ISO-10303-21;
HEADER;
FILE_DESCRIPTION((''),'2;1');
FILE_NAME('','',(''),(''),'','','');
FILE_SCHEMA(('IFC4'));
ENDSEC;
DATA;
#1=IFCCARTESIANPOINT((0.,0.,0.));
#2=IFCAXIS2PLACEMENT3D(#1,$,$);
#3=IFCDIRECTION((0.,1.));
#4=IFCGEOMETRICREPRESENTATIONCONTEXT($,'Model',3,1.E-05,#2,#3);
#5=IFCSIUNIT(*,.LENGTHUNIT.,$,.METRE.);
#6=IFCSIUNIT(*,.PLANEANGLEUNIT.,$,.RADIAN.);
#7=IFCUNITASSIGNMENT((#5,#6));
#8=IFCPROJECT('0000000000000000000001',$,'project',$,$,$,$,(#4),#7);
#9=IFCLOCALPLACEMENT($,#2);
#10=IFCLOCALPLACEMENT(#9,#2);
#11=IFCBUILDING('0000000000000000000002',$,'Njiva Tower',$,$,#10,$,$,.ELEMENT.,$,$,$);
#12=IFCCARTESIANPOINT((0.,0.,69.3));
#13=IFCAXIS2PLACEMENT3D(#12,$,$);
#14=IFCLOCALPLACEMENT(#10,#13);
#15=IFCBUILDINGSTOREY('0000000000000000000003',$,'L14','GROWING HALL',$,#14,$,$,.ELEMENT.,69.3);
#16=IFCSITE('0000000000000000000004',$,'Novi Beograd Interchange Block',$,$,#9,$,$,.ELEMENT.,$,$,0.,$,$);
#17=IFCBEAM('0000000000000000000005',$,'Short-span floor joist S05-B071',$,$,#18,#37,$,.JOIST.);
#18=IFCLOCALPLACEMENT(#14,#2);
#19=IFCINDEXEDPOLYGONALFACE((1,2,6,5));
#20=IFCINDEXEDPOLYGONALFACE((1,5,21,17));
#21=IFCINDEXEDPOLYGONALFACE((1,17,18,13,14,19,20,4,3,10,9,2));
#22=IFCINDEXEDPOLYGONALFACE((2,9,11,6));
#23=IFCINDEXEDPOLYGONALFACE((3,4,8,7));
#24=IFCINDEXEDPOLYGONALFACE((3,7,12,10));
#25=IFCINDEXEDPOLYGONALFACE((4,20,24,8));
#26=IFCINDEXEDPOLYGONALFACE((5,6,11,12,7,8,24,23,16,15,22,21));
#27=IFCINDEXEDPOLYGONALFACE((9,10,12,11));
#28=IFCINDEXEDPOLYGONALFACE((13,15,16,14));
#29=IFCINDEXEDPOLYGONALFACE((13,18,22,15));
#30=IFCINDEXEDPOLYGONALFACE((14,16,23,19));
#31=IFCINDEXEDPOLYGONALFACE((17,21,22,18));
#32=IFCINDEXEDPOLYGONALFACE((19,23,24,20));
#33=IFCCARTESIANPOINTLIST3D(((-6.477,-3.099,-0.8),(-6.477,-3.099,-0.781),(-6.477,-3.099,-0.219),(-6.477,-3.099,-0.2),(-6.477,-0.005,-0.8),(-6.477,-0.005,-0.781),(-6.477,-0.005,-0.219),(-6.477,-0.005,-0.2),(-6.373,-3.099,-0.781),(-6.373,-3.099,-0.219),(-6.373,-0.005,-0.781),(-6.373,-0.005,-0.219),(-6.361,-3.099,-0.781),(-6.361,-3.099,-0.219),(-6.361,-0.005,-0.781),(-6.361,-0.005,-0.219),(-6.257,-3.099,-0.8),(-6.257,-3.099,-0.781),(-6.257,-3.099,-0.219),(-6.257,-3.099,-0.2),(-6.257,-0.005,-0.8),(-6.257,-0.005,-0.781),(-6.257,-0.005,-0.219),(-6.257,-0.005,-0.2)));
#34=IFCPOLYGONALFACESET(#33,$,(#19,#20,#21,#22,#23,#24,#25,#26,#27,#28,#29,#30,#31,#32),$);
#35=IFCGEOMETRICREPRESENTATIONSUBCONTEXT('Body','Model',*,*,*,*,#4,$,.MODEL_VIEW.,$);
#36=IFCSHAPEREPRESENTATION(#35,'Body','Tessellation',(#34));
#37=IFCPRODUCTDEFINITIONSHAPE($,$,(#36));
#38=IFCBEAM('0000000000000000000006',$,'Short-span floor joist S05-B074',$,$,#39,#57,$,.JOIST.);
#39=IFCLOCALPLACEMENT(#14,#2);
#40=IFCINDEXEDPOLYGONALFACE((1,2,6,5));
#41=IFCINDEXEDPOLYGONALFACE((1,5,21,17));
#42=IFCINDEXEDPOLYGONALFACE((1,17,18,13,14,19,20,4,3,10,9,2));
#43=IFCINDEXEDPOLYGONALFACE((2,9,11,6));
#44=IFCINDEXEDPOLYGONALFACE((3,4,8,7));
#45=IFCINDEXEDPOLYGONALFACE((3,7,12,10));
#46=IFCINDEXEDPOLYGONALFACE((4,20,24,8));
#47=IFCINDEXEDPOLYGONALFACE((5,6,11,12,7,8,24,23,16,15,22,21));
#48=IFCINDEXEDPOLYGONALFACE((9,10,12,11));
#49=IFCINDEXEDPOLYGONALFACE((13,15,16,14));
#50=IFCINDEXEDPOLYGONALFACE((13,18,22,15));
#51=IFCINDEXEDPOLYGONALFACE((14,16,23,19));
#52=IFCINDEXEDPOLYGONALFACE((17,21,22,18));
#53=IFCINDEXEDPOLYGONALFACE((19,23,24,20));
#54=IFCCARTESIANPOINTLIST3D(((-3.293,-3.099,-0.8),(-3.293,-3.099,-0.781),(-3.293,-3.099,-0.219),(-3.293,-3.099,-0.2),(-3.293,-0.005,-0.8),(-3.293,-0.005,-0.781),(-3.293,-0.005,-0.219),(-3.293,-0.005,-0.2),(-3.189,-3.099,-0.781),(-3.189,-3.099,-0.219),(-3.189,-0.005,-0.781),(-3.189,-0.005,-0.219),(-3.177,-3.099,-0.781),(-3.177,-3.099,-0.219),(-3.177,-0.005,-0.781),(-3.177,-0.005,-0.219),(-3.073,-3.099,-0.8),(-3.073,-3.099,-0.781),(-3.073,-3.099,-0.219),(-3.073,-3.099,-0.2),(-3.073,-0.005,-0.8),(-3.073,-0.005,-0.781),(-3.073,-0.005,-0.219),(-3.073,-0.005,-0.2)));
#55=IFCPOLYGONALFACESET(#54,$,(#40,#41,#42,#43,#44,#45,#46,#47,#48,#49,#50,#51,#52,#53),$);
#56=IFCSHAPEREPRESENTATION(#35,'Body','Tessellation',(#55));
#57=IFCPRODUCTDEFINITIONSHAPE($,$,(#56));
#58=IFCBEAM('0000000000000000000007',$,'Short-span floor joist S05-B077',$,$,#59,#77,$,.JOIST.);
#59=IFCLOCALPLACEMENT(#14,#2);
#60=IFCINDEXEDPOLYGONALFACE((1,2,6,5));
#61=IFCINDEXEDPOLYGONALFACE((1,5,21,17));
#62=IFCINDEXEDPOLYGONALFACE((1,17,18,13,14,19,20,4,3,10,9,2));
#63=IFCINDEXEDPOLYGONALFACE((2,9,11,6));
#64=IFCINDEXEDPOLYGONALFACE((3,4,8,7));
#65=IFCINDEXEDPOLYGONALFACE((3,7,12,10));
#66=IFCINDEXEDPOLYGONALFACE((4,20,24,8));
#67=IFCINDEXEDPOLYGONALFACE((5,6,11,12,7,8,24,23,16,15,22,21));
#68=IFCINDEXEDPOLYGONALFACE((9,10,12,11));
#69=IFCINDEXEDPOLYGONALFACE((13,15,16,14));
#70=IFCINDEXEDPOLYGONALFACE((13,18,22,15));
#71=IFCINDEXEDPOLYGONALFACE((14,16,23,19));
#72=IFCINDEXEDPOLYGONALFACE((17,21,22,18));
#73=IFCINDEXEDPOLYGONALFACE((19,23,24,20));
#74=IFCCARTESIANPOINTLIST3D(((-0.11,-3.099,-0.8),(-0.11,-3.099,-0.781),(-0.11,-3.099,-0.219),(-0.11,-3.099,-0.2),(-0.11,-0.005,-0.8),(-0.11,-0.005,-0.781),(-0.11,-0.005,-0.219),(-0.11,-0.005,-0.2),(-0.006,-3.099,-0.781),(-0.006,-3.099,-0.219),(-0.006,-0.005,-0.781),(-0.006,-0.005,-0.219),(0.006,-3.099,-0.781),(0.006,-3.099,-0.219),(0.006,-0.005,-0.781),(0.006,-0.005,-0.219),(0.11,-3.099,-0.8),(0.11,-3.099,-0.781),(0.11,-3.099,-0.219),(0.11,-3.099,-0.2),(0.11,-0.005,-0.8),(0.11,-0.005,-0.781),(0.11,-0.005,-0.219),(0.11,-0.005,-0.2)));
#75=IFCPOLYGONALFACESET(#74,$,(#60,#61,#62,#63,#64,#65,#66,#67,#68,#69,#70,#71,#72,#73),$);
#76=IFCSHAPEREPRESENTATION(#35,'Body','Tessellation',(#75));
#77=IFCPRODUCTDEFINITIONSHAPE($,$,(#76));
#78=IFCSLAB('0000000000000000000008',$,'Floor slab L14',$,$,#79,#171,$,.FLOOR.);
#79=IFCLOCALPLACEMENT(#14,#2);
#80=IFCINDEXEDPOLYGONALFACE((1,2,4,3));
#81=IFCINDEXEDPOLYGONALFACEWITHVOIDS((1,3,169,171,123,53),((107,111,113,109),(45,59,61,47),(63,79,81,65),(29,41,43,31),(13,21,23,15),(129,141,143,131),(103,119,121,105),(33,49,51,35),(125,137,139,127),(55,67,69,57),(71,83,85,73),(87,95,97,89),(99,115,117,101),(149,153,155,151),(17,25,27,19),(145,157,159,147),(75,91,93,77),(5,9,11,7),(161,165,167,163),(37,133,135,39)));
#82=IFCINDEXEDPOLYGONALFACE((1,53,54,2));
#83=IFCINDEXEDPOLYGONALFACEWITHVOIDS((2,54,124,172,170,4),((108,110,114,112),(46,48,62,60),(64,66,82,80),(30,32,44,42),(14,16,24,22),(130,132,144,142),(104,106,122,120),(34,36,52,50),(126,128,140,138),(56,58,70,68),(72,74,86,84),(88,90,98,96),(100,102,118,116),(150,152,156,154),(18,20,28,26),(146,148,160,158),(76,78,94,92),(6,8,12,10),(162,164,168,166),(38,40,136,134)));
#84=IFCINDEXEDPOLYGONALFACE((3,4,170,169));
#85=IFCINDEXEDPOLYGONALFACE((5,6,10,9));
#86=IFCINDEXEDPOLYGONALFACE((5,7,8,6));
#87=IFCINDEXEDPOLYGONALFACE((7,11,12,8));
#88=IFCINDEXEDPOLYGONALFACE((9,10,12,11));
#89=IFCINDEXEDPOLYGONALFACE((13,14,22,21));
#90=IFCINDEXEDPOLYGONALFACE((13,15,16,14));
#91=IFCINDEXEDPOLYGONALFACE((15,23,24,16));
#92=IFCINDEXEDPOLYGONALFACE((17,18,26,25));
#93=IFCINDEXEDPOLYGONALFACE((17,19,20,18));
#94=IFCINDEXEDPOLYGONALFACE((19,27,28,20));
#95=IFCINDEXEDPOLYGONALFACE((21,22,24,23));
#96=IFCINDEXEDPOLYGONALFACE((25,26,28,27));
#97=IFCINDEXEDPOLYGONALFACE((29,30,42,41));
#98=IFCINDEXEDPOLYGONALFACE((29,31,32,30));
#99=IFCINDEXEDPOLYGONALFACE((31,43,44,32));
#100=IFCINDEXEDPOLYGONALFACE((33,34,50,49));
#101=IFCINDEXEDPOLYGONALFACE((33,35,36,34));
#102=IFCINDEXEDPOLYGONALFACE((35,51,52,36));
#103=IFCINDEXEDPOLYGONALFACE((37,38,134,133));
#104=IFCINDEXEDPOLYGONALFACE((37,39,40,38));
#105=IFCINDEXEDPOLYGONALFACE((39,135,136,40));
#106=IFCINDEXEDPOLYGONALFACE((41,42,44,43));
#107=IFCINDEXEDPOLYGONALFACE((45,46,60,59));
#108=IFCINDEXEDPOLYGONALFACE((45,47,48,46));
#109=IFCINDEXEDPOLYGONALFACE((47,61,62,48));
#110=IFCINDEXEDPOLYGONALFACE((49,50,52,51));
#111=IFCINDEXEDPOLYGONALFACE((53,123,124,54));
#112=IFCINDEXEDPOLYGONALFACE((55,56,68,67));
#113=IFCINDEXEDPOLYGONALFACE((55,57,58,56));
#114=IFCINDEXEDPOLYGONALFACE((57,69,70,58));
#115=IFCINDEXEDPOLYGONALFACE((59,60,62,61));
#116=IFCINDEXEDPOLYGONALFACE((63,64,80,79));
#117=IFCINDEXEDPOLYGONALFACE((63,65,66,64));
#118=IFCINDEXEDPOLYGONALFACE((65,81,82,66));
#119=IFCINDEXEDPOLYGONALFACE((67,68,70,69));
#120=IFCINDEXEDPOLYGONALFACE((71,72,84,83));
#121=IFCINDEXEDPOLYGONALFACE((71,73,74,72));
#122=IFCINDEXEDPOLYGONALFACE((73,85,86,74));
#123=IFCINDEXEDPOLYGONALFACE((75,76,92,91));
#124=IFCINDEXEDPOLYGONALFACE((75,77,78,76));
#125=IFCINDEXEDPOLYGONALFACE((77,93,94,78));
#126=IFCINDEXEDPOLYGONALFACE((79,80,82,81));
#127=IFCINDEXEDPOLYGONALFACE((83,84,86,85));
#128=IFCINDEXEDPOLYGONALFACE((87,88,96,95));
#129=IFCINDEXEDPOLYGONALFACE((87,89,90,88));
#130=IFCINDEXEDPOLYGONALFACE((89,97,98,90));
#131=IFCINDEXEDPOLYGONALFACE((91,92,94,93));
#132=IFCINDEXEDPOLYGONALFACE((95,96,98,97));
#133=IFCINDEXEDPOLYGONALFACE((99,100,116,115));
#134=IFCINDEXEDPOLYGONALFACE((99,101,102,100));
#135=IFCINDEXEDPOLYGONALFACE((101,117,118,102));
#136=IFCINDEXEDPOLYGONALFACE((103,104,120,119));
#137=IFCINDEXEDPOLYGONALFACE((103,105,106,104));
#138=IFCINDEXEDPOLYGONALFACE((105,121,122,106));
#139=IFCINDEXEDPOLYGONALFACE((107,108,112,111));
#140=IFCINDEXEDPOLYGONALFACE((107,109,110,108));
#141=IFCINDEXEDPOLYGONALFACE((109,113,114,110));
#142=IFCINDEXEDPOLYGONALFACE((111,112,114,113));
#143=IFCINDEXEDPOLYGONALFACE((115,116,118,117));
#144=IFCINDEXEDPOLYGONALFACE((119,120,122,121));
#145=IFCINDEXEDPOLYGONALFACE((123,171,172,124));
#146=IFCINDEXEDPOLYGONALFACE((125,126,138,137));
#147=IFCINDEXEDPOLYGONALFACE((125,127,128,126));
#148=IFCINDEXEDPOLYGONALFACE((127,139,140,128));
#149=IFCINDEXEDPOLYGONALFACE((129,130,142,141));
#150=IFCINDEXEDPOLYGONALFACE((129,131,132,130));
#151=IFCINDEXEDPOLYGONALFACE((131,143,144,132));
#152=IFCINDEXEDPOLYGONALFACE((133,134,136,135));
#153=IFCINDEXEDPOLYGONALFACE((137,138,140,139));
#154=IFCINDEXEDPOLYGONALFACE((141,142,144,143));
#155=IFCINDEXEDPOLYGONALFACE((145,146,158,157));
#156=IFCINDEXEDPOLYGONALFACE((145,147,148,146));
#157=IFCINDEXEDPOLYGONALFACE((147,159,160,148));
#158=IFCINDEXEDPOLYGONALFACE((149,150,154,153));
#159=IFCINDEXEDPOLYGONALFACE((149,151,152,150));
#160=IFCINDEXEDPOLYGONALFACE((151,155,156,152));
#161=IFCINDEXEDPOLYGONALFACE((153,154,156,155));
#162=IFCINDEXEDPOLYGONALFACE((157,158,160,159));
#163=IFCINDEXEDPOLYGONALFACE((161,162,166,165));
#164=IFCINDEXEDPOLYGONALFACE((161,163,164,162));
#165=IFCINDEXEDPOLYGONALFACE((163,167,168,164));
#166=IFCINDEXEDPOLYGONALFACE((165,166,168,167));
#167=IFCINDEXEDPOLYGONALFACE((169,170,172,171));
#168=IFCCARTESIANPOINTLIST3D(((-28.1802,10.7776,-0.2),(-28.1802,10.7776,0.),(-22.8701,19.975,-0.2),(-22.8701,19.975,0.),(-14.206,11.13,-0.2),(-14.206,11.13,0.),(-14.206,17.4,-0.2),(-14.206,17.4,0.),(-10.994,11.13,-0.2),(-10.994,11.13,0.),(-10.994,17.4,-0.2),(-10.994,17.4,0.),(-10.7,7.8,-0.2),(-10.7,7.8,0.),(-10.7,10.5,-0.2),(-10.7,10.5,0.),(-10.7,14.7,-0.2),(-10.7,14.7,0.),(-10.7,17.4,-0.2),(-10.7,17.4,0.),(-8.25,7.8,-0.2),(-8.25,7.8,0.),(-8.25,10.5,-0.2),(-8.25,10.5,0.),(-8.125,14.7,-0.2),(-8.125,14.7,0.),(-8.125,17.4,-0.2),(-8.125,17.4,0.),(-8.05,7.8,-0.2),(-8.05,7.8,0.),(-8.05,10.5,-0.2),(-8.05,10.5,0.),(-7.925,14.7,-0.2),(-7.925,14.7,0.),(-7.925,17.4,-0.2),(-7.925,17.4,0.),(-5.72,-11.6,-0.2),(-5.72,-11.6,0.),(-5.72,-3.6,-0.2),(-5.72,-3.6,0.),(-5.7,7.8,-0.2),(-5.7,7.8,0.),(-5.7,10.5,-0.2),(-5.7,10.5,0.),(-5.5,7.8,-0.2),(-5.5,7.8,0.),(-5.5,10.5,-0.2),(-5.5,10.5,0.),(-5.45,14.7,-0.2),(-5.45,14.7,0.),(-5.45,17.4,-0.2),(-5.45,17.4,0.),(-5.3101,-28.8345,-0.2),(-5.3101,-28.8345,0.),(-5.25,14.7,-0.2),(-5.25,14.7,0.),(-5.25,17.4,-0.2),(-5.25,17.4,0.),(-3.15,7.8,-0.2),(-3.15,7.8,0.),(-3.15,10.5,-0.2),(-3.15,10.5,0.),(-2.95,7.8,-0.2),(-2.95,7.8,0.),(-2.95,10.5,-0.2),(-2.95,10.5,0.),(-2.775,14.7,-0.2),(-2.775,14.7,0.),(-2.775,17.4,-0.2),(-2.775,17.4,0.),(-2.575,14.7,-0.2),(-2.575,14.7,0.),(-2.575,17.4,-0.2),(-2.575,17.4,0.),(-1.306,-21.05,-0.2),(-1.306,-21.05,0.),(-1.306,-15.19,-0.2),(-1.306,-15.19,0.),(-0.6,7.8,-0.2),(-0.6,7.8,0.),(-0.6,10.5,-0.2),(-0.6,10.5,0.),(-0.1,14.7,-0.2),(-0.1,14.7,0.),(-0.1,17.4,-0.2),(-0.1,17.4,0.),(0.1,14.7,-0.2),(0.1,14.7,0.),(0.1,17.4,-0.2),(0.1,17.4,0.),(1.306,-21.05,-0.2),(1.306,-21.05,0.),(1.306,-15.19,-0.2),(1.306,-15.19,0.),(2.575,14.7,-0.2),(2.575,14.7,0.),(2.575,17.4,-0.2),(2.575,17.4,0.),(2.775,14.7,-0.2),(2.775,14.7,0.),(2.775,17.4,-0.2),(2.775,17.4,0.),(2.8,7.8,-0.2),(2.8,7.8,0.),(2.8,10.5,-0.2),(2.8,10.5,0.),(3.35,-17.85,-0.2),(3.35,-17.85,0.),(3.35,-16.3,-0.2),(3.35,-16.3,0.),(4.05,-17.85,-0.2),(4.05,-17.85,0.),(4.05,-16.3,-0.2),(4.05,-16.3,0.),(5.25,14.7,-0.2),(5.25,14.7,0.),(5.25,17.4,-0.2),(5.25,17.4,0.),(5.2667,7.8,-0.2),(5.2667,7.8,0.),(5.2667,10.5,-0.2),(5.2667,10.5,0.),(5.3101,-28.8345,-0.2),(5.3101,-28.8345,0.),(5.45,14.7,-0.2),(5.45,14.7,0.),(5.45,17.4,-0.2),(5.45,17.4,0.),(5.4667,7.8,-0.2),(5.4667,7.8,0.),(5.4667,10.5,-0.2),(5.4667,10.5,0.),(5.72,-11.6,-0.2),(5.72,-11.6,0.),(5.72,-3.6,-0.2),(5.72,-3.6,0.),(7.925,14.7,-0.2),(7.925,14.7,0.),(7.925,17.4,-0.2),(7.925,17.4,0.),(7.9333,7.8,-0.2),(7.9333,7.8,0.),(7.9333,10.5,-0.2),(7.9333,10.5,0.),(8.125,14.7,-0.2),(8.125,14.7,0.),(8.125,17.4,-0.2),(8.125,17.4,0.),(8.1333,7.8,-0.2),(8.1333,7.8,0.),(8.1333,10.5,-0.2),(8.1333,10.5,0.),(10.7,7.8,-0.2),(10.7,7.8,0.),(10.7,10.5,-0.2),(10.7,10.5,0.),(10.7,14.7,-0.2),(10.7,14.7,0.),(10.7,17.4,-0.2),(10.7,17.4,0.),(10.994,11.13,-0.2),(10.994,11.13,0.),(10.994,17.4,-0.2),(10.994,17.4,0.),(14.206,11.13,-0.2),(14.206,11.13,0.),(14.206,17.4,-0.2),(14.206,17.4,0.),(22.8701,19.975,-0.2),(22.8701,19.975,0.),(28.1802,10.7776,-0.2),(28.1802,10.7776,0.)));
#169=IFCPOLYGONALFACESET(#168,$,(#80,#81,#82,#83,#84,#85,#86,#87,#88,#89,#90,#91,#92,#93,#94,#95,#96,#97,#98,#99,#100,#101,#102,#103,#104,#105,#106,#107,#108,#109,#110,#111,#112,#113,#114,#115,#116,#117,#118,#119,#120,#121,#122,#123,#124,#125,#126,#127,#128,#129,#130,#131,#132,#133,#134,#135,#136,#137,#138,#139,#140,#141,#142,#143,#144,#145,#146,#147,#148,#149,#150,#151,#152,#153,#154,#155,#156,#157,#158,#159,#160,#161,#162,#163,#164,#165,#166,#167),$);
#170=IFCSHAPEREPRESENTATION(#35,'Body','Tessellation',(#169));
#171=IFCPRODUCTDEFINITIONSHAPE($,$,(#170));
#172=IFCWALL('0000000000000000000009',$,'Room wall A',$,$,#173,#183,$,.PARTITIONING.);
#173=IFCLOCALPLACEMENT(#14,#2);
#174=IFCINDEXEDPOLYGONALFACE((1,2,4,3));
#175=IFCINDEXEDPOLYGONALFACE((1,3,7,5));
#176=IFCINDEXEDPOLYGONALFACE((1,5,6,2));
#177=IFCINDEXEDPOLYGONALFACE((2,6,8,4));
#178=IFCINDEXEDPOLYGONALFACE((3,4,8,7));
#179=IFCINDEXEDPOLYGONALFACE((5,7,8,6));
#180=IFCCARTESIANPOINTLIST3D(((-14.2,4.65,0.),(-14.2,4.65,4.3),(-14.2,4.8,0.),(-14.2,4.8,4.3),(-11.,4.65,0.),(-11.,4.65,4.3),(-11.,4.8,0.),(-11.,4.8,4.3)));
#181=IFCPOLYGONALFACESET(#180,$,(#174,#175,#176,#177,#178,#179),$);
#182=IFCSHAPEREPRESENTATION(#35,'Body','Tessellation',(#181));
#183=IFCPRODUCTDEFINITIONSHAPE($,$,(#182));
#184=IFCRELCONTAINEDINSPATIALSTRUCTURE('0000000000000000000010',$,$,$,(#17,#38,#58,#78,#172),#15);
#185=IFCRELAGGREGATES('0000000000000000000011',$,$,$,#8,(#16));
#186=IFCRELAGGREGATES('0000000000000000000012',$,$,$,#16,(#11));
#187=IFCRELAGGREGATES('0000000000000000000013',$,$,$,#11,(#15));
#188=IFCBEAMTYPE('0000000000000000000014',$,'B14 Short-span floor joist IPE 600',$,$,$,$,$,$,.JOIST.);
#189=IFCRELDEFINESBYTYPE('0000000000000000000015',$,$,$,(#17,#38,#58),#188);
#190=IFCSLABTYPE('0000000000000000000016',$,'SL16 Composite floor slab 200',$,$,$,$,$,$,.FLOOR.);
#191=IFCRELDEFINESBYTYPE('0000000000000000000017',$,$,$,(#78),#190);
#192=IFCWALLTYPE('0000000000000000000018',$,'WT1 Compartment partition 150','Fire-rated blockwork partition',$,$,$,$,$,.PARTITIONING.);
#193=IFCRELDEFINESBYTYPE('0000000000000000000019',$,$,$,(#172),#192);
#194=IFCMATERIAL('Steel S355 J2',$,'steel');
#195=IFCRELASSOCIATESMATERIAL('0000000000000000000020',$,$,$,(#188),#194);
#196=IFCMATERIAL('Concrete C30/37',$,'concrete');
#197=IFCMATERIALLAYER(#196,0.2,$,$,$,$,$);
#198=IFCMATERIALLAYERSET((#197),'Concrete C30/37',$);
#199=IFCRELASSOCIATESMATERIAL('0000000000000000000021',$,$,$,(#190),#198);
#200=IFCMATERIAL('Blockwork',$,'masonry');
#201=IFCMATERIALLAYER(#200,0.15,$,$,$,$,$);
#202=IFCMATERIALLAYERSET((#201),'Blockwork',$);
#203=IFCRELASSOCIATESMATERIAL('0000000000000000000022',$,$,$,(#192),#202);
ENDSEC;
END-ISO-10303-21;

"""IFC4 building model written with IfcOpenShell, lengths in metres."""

from ifc_helpers import new_model, si_unit, direction, frame, frame_2d, origin, origin_2d, place, context, subcontext, project, spatial, polyline, rectangle, i_section, outline, extrude, material, layer, layer_set, material_profile, profile_set, type_object, element, save


model = new_model("IFC4")

# Units and contexts
model_context = context("Model", 3, precision=1e-05, world=origin(), true_north=direction((0.0, 1.0)))
body_context = subcontext(model_context, "Body", "Model", "MODEL_VIEW")
ifc_project = project(units=[si_unit("LENGTHUNIT", "METRE"), si_unit("PLANEANGLEUNIT", "RADIAN")], contexts=[model_context])

# Site, building, storey
site_placement = place(None, origin())
site = spatial("IfcSite", under=ifc_project, at=site_placement, Name="Novi Beograd Interchange Block", CompositionType="ELEMENT", RefElevation=0.0)
building_placement = place(site_placement, origin())
building = spatial("IfcBuilding", under=site, at=building_placement, Name="Njiva Tower", CompositionType="ELEMENT")
storey_placement = place(building_placement, frame((0.0, 0.0, 69.3)))
storey = spatial("IfcBuildingStorey", under=building, at=storey_placement, Name="L14", Description="GROWING HALL", CompositionType="ELEMENT", Elevation=69.3)

# Beams
ifc_material_1 = material(Name="Steel S355 J2", Category="steel")
ifc_material_profile = material_profile(ifc_material_1, i_section(OverallWidth=0.22, OverallDepth=0.6, WebThickness=0.012, FlangeThickness=0.019, at=origin_2d()), Name="IPE 600")
ifc_profile_set = profile_set([ifc_material_profile], Name="Steel S355 J2")
beam_type = type_object("IfcBeamType", Name="B14 Short-span floor joist IPE 600", PredefinedType="JOIST", material=ifc_profile_set)
for number, where, z_axis, x_axis, name in (
    (1, (-6.367, -0.005, -0.5), (0.0, -1.0, 0.0), (1.0, 0.0, 0.0), "Short-span floor joist S05-B071"),
    (2, (-3.183, -0.005, -0.5), (0.0, -1.0, 0.0), (1.0, 0.0, 0.0), "Short-span floor joist S05-B074"),
    (3, (0.0, -0.005, -0.5), (0.0, -1.0, 0.0), (1.0, 0.0, 0.0), "Short-span floor joist S05-B077"),
):
    element("IfcBeam", number, at=place(storey_placement, frame(where, z_axis=z_axis, x_axis=x_axis)), inside=storey, type_object=beam_type, Name=name, PredefinedType="JOIST", context=body_context, shape_type="SweptSolid", body=[
        extrude(i_section(OverallWidth=0.22, OverallDepth=0.6, WebThickness=0.012, FlangeThickness=0.019, at=origin_2d()), origin(), (0.0, 0.0, 1.0), 3.094),
    ])

# Slab
ifc_material_2 = material(Name="Concrete C30/37", Category="concrete")
ifc_layer_1 = layer(ifc_material_2, 0.2)
ifc_layer_set_1 = layer_set([ifc_layer_1], Name="Concrete C30/37")
slab_type = type_object("IfcSlabType", Name="SL16 Composite floor slab 200", PredefinedType="FLOOR", material=ifc_layer_set_1)
slab_placement = place(storey_placement, frame((0.0, 0.0, -0.2)))
element("IfcSlab", 4, at=slab_placement, inside=storey, type_object=slab_type, Name="Floor slab L14", PredefinedType="FLOOR", context=body_context, shape_type="SweptSolid", body=[
    extrude(outline(polyline([(28.1802, 10.7776), (5.3101, -28.8345), (-5.3101, -28.8345), (-28.1802, 10.7776), (-22.8701, 19.975), (22.8701, 19.975), (28.1802, 10.7776)]), holes=[polyline([(10.994, 11.13), (14.206, 11.13), (14.206, 17.4), (10.994, 17.4), (10.994, 11.13)]), polyline([(8.125, 17.4), (8.125, 14.7), (10.7, 14.7), (10.7, 17.4), (8.125, 17.4)]), polyline([(8.1333, 10.5), (8.1333, 7.8), (10.7, 7.8), (10.7, 10.5), (8.1333, 10.5)]), polyline([(5.4667, 10.5), (5.4667, 7.8), (7.9333, 7.8), (7.9333, 10.5), (5.4667, 10.5)]), polyline([(5.45, 17.4), (5.45, 14.7), (7.925, 14.7), (7.925, 17.4), (5.45, 17.4)]), polyline([(5.72, -11.6), (5.72, -3.6), (-5.72, -3.6), (-5.72, -11.6), (5.72, -11.6)]), polyline([(2.8, 7.8), (5.2667, 7.8), (5.2667, 10.5), (2.8, 10.5), (2.8, 7.8)]), polyline([(2.775, 14.7), (5.25, 14.7), (5.25, 17.4), (2.775, 17.4), (2.775, 14.7)]), polyline([(3.35, -17.85), (4.05, -17.85), (4.05, -16.3), (3.35, -16.3), (3.35, -17.85)]), polyline([(0.1, 14.7), (2.575, 14.7), (2.575, 17.4), (0.1, 17.4), (0.1, 14.7)]), polyline([(-1.306, -21.05), (1.306, -21.05), (1.306, -15.19), (-1.306, -15.19), (-1.306, -21.05)]), polyline([(-2.575, 17.4), (-2.575, 14.7), (-0.1, 14.7), (-0.1, 17.4), (-2.575, 17.4)]), polyline([(-2.95, 10.5), (-2.95, 7.8), (-0.6, 7.8), (-0.6, 10.5), (-2.95, 10.5)]), polyline([(-5.25, 17.4), (-5.25, 14.7), (-2.775, 14.7), (-2.775, 17.4), (-5.25, 17.4)]), polyline([(-5.5, 10.5), (-5.5, 7.8), (-3.15, 7.8), (-3.15, 10.5), (-5.5, 10.5)]), polyline([(-7.925, 14.7), (-5.45, 14.7), (-5.45, 17.4), (-7.925, 17.4), (-7.925, 14.7)]), polyline([(-8.05, 7.8), (-5.7, 7.8), (-5.7, 10.5), (-8.05, 10.5), (-8.05, 7.8)]), polyline([(-10.7, 14.7), (-8.125, 14.7), (-8.125, 17.4), (-10.7, 17.4), (-10.7, 14.7)]), polyline([(-10.7, 7.8), (-8.25, 7.8), (-8.25, 10.5), (-10.7, 10.5), (-10.7, 7.8)]), polyline([(-14.206, 11.13), (-10.994, 11.13), (-10.994, 17.4), (-14.206, 17.4), (-14.206, 11.13)])]), origin(), (0.0, 0.0, 1.0), 0.2),
])

# Wall
ifc_material_3 = material(Name="Blockwork", Category="masonry")
ifc_layer_2 = layer(ifc_material_3, 0.15)
ifc_layer_set_2 = layer_set([ifc_layer_2], Name="Blockwork")
wall_type_1 = type_object("IfcWallType", Name="WT1 Compartment partition 150", Description="Fire-rated blockwork partition", PredefinedType="PARTITIONING", material=ifc_layer_set_2)
wall_1_placement = place(storey_placement, frame((-14.2, 4.725, 0.0), z_axis=(0.0, 0.0, 1.0), x_axis=(1.0, 0.0, 0.0)))
element("IfcWall", 5, at=wall_1_placement, inside=storey, type_object=wall_type_1, Name="Room wall A", PredefinedType="PARTITIONING", context=body_context, shape_type="SweptSolid", body=[
    extrude(rectangle(XDim=3.2, YDim=0.15, at=frame_2d((1.6, 0.0))), origin(), (0.0, 0.0, 1.0), 4.3),
])

save(model, "model.ifc")
